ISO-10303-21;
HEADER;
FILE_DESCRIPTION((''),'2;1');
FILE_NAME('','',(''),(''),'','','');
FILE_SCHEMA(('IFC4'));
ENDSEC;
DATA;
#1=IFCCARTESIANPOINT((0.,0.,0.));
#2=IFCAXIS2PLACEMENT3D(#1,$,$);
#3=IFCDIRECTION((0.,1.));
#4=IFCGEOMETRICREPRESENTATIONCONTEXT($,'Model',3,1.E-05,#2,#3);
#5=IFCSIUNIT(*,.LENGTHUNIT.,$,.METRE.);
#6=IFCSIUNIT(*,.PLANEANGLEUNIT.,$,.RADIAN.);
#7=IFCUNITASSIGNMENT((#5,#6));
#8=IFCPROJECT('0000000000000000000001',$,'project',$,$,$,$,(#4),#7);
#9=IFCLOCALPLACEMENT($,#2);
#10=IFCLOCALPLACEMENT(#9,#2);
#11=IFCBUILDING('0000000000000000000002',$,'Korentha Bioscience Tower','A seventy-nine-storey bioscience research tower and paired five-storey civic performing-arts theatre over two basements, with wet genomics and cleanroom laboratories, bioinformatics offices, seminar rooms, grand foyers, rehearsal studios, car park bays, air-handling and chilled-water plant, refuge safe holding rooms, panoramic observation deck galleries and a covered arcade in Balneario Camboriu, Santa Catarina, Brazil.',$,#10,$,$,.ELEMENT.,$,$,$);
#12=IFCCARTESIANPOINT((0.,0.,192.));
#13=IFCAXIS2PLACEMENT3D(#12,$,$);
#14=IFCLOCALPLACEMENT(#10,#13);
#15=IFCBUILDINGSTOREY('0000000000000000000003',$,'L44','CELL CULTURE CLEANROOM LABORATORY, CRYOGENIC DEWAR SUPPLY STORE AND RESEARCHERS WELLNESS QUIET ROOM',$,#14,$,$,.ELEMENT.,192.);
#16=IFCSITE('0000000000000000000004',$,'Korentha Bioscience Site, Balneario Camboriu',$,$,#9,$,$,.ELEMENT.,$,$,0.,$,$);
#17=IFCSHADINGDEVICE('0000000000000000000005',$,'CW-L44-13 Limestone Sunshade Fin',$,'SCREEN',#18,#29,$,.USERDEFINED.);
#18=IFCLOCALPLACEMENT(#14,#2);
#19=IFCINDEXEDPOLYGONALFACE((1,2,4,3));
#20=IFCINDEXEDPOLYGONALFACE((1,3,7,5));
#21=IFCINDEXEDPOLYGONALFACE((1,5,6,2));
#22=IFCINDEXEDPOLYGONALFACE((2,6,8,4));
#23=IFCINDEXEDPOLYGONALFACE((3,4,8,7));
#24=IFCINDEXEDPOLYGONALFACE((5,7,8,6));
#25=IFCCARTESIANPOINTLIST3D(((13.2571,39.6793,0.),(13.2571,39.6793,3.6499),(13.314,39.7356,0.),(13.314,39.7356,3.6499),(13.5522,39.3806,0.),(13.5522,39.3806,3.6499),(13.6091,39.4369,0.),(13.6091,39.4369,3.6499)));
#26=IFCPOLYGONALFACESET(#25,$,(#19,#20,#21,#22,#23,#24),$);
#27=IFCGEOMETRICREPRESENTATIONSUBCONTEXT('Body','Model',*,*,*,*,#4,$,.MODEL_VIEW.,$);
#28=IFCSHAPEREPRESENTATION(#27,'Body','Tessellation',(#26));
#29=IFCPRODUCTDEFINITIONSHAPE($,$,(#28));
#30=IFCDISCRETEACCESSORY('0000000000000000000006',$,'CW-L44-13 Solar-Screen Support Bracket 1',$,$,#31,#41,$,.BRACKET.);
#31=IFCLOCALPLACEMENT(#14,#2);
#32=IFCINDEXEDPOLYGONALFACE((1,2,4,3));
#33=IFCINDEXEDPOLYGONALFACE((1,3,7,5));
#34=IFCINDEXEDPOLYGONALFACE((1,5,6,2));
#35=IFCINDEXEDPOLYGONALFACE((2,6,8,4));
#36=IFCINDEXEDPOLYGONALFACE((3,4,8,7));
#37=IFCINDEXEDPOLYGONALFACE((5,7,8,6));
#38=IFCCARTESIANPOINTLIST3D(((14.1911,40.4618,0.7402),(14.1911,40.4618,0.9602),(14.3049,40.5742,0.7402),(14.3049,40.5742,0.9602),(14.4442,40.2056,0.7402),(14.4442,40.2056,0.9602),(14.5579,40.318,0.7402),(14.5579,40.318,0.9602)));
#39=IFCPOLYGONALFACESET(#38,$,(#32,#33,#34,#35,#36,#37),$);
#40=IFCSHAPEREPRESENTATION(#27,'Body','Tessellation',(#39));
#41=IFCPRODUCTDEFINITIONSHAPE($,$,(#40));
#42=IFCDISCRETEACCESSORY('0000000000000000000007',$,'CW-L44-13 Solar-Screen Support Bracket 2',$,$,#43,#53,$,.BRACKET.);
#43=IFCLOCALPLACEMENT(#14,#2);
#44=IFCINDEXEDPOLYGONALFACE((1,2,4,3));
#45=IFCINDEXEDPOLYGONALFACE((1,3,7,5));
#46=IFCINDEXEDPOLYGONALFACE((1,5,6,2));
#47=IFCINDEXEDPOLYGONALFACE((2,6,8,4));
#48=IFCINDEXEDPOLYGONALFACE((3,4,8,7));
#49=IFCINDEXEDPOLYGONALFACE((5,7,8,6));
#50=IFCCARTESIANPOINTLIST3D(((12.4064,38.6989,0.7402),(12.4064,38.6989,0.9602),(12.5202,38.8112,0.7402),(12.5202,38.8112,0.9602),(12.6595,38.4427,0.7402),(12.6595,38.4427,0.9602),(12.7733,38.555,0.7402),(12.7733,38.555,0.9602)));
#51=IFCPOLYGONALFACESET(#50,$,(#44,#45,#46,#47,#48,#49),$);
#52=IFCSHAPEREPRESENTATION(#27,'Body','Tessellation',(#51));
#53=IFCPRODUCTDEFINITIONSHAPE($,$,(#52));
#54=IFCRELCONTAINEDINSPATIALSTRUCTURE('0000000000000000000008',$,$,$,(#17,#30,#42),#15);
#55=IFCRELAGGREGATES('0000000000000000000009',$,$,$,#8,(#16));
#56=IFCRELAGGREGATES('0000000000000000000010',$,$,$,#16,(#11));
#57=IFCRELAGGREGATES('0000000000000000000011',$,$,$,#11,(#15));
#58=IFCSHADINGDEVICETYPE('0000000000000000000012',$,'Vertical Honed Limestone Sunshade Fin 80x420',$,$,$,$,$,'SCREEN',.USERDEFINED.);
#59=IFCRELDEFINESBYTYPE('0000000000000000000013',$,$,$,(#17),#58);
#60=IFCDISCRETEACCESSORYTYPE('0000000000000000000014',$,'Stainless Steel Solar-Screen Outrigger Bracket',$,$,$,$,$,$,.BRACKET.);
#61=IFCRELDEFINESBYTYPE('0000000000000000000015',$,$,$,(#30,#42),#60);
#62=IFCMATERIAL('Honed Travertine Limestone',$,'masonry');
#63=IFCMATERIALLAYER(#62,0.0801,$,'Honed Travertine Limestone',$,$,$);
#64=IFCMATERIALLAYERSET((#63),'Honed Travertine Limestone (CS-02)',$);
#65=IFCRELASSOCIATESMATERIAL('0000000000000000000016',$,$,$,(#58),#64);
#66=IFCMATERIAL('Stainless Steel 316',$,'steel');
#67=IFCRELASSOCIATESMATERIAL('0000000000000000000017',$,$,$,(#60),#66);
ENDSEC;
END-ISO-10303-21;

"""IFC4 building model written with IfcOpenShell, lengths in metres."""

from ifc_helpers import new_model, si_unit, direction, frame, origin, origin_2d, place, context, subcontext, project, spatial, rectangle, extrude, material, layer, layer_set, type_object, element, save


model = new_model("IFC4")

# Units and contexts
model_context = context("Model", 3, precision=1e-05, world=origin(), true_north=direction((0.0, 1.0)))
body_context = subcontext(model_context, "Body", "Model", "MODEL_VIEW")
ifc_project = project(units=[si_unit("LENGTHUNIT", "METRE"), si_unit("PLANEANGLEUNIT", "RADIAN")], contexts=[model_context])

# Site, building, storey
site_placement = place(None, origin())
site = spatial("IfcSite", under=ifc_project, at=site_placement, Name="Korentha Bioscience Site, Balneario Camboriu", CompositionType="ELEMENT", RefElevation=0.0)
building_placement = place(site_placement, origin())
building = spatial("IfcBuilding", under=site, at=building_placement, Name="Korentha Bioscience Tower", Description="A seventy-nine-storey bioscience research tower and paired five-storey civic performing-arts theatre over two basements, with wet genomics and cleanroom laboratories, bioinformatics offices, seminar rooms, grand foyers, rehearsal studios, car park bays, air-handling and chilled-water plant, refuge safe holding rooms, panoramic observation deck galleries and a covered arcade in Balneario Camboriu, Santa Catarina, Brazil.", CompositionType="ELEMENT")
storey_placement = place(building_placement, frame((0.0, 0.0, 192.0)))
storey = spatial("IfcBuildingStorey", under=building, at=storey_placement, Name="L44", Description="CELL CULTURE CLEANROOM LABORATORY, CRYOGENIC DEWAR SUPPLY STORE AND RESEARCHERS WELLNESS QUIET ROOM", CompositionType="ELEMENT", Elevation=192.0)

# Shading device
ifc_material_1 = material(Name="Honed Travertine Limestone", Category="masonry")
ifc_layer_1 = layer(ifc_material_1, 0.0801, Name="Honed Travertine Limestone")
ifc_layer_set_1 = layer_set([ifc_layer_1], Name="Honed Travertine Limestone (CS-02)")
shading_device_type_1 = type_object("IfcShadingDeviceType", Name="Vertical Honed Limestone Sunshade Fin 80x420", ElementType="SCREEN", PredefinedType="USERDEFINED", material=ifc_layer_set_1)
shading_device_1_placement = place(storey_placement, frame((13.4331, 39.5581, 0.0), z_axis=(0.0, 0.0, 1.0), x_axis=(-0.711461, -0.702726, 0.0)))
element("IfcShadingDevice", 1, at=shading_device_1_placement, inside=storey, type_object=shading_device_type_1, Name="CW-L44-13 Limestone Sunshade Fin", ObjectType="SCREEN", PredefinedType="USERDEFINED", context=body_context, shape_type="SweptSolid", body=[
    extrude(rectangle(XDim=0.0801, YDim=0.4199, at=origin_2d()), origin(), (0.0, 0.0, 1.0), 3.6499),
])

# Discrete accessories
ifc_material_2 = material(Name="Stainless Steel 316", Category="steel")
discrete_accessory_type = type_object("IfcDiscreteAccessoryType", Name="Stainless Steel Solar-Screen Outrigger Bracket", PredefinedType="BRACKET", material=ifc_material_2)
for number, where, z_axis, x_axis, name in (
    (2, (14.3745, 40.3899, 0.7402), (0.0, 0.0, 1.0), (-0.711461, -0.702726, 0.0), "CW-L44-13 Solar-Screen Support Bracket 1"),
    (3, (12.5898, 38.627, 0.7402), (0.0, 0.0, 1.0), (-0.711461, -0.702726, 0.0), "CW-L44-13 Solar-Screen Support Bracket 2"),
):
    element("IfcDiscreteAccessory", number, at=place(storey_placement, frame(where, z_axis=z_axis, x_axis=x_axis)), inside=storey, type_object=discrete_accessory_type, Name=name, PredefinedType="BRACKET", context=body_context, shape_type="SweptSolid", body=[
        extrude(rectangle(XDim=0.1599, YDim=0.3601, at=origin_2d()), origin(), (0.0, 0.0, 1.0), 0.22),
    ])

save(model, "model.ifc")
